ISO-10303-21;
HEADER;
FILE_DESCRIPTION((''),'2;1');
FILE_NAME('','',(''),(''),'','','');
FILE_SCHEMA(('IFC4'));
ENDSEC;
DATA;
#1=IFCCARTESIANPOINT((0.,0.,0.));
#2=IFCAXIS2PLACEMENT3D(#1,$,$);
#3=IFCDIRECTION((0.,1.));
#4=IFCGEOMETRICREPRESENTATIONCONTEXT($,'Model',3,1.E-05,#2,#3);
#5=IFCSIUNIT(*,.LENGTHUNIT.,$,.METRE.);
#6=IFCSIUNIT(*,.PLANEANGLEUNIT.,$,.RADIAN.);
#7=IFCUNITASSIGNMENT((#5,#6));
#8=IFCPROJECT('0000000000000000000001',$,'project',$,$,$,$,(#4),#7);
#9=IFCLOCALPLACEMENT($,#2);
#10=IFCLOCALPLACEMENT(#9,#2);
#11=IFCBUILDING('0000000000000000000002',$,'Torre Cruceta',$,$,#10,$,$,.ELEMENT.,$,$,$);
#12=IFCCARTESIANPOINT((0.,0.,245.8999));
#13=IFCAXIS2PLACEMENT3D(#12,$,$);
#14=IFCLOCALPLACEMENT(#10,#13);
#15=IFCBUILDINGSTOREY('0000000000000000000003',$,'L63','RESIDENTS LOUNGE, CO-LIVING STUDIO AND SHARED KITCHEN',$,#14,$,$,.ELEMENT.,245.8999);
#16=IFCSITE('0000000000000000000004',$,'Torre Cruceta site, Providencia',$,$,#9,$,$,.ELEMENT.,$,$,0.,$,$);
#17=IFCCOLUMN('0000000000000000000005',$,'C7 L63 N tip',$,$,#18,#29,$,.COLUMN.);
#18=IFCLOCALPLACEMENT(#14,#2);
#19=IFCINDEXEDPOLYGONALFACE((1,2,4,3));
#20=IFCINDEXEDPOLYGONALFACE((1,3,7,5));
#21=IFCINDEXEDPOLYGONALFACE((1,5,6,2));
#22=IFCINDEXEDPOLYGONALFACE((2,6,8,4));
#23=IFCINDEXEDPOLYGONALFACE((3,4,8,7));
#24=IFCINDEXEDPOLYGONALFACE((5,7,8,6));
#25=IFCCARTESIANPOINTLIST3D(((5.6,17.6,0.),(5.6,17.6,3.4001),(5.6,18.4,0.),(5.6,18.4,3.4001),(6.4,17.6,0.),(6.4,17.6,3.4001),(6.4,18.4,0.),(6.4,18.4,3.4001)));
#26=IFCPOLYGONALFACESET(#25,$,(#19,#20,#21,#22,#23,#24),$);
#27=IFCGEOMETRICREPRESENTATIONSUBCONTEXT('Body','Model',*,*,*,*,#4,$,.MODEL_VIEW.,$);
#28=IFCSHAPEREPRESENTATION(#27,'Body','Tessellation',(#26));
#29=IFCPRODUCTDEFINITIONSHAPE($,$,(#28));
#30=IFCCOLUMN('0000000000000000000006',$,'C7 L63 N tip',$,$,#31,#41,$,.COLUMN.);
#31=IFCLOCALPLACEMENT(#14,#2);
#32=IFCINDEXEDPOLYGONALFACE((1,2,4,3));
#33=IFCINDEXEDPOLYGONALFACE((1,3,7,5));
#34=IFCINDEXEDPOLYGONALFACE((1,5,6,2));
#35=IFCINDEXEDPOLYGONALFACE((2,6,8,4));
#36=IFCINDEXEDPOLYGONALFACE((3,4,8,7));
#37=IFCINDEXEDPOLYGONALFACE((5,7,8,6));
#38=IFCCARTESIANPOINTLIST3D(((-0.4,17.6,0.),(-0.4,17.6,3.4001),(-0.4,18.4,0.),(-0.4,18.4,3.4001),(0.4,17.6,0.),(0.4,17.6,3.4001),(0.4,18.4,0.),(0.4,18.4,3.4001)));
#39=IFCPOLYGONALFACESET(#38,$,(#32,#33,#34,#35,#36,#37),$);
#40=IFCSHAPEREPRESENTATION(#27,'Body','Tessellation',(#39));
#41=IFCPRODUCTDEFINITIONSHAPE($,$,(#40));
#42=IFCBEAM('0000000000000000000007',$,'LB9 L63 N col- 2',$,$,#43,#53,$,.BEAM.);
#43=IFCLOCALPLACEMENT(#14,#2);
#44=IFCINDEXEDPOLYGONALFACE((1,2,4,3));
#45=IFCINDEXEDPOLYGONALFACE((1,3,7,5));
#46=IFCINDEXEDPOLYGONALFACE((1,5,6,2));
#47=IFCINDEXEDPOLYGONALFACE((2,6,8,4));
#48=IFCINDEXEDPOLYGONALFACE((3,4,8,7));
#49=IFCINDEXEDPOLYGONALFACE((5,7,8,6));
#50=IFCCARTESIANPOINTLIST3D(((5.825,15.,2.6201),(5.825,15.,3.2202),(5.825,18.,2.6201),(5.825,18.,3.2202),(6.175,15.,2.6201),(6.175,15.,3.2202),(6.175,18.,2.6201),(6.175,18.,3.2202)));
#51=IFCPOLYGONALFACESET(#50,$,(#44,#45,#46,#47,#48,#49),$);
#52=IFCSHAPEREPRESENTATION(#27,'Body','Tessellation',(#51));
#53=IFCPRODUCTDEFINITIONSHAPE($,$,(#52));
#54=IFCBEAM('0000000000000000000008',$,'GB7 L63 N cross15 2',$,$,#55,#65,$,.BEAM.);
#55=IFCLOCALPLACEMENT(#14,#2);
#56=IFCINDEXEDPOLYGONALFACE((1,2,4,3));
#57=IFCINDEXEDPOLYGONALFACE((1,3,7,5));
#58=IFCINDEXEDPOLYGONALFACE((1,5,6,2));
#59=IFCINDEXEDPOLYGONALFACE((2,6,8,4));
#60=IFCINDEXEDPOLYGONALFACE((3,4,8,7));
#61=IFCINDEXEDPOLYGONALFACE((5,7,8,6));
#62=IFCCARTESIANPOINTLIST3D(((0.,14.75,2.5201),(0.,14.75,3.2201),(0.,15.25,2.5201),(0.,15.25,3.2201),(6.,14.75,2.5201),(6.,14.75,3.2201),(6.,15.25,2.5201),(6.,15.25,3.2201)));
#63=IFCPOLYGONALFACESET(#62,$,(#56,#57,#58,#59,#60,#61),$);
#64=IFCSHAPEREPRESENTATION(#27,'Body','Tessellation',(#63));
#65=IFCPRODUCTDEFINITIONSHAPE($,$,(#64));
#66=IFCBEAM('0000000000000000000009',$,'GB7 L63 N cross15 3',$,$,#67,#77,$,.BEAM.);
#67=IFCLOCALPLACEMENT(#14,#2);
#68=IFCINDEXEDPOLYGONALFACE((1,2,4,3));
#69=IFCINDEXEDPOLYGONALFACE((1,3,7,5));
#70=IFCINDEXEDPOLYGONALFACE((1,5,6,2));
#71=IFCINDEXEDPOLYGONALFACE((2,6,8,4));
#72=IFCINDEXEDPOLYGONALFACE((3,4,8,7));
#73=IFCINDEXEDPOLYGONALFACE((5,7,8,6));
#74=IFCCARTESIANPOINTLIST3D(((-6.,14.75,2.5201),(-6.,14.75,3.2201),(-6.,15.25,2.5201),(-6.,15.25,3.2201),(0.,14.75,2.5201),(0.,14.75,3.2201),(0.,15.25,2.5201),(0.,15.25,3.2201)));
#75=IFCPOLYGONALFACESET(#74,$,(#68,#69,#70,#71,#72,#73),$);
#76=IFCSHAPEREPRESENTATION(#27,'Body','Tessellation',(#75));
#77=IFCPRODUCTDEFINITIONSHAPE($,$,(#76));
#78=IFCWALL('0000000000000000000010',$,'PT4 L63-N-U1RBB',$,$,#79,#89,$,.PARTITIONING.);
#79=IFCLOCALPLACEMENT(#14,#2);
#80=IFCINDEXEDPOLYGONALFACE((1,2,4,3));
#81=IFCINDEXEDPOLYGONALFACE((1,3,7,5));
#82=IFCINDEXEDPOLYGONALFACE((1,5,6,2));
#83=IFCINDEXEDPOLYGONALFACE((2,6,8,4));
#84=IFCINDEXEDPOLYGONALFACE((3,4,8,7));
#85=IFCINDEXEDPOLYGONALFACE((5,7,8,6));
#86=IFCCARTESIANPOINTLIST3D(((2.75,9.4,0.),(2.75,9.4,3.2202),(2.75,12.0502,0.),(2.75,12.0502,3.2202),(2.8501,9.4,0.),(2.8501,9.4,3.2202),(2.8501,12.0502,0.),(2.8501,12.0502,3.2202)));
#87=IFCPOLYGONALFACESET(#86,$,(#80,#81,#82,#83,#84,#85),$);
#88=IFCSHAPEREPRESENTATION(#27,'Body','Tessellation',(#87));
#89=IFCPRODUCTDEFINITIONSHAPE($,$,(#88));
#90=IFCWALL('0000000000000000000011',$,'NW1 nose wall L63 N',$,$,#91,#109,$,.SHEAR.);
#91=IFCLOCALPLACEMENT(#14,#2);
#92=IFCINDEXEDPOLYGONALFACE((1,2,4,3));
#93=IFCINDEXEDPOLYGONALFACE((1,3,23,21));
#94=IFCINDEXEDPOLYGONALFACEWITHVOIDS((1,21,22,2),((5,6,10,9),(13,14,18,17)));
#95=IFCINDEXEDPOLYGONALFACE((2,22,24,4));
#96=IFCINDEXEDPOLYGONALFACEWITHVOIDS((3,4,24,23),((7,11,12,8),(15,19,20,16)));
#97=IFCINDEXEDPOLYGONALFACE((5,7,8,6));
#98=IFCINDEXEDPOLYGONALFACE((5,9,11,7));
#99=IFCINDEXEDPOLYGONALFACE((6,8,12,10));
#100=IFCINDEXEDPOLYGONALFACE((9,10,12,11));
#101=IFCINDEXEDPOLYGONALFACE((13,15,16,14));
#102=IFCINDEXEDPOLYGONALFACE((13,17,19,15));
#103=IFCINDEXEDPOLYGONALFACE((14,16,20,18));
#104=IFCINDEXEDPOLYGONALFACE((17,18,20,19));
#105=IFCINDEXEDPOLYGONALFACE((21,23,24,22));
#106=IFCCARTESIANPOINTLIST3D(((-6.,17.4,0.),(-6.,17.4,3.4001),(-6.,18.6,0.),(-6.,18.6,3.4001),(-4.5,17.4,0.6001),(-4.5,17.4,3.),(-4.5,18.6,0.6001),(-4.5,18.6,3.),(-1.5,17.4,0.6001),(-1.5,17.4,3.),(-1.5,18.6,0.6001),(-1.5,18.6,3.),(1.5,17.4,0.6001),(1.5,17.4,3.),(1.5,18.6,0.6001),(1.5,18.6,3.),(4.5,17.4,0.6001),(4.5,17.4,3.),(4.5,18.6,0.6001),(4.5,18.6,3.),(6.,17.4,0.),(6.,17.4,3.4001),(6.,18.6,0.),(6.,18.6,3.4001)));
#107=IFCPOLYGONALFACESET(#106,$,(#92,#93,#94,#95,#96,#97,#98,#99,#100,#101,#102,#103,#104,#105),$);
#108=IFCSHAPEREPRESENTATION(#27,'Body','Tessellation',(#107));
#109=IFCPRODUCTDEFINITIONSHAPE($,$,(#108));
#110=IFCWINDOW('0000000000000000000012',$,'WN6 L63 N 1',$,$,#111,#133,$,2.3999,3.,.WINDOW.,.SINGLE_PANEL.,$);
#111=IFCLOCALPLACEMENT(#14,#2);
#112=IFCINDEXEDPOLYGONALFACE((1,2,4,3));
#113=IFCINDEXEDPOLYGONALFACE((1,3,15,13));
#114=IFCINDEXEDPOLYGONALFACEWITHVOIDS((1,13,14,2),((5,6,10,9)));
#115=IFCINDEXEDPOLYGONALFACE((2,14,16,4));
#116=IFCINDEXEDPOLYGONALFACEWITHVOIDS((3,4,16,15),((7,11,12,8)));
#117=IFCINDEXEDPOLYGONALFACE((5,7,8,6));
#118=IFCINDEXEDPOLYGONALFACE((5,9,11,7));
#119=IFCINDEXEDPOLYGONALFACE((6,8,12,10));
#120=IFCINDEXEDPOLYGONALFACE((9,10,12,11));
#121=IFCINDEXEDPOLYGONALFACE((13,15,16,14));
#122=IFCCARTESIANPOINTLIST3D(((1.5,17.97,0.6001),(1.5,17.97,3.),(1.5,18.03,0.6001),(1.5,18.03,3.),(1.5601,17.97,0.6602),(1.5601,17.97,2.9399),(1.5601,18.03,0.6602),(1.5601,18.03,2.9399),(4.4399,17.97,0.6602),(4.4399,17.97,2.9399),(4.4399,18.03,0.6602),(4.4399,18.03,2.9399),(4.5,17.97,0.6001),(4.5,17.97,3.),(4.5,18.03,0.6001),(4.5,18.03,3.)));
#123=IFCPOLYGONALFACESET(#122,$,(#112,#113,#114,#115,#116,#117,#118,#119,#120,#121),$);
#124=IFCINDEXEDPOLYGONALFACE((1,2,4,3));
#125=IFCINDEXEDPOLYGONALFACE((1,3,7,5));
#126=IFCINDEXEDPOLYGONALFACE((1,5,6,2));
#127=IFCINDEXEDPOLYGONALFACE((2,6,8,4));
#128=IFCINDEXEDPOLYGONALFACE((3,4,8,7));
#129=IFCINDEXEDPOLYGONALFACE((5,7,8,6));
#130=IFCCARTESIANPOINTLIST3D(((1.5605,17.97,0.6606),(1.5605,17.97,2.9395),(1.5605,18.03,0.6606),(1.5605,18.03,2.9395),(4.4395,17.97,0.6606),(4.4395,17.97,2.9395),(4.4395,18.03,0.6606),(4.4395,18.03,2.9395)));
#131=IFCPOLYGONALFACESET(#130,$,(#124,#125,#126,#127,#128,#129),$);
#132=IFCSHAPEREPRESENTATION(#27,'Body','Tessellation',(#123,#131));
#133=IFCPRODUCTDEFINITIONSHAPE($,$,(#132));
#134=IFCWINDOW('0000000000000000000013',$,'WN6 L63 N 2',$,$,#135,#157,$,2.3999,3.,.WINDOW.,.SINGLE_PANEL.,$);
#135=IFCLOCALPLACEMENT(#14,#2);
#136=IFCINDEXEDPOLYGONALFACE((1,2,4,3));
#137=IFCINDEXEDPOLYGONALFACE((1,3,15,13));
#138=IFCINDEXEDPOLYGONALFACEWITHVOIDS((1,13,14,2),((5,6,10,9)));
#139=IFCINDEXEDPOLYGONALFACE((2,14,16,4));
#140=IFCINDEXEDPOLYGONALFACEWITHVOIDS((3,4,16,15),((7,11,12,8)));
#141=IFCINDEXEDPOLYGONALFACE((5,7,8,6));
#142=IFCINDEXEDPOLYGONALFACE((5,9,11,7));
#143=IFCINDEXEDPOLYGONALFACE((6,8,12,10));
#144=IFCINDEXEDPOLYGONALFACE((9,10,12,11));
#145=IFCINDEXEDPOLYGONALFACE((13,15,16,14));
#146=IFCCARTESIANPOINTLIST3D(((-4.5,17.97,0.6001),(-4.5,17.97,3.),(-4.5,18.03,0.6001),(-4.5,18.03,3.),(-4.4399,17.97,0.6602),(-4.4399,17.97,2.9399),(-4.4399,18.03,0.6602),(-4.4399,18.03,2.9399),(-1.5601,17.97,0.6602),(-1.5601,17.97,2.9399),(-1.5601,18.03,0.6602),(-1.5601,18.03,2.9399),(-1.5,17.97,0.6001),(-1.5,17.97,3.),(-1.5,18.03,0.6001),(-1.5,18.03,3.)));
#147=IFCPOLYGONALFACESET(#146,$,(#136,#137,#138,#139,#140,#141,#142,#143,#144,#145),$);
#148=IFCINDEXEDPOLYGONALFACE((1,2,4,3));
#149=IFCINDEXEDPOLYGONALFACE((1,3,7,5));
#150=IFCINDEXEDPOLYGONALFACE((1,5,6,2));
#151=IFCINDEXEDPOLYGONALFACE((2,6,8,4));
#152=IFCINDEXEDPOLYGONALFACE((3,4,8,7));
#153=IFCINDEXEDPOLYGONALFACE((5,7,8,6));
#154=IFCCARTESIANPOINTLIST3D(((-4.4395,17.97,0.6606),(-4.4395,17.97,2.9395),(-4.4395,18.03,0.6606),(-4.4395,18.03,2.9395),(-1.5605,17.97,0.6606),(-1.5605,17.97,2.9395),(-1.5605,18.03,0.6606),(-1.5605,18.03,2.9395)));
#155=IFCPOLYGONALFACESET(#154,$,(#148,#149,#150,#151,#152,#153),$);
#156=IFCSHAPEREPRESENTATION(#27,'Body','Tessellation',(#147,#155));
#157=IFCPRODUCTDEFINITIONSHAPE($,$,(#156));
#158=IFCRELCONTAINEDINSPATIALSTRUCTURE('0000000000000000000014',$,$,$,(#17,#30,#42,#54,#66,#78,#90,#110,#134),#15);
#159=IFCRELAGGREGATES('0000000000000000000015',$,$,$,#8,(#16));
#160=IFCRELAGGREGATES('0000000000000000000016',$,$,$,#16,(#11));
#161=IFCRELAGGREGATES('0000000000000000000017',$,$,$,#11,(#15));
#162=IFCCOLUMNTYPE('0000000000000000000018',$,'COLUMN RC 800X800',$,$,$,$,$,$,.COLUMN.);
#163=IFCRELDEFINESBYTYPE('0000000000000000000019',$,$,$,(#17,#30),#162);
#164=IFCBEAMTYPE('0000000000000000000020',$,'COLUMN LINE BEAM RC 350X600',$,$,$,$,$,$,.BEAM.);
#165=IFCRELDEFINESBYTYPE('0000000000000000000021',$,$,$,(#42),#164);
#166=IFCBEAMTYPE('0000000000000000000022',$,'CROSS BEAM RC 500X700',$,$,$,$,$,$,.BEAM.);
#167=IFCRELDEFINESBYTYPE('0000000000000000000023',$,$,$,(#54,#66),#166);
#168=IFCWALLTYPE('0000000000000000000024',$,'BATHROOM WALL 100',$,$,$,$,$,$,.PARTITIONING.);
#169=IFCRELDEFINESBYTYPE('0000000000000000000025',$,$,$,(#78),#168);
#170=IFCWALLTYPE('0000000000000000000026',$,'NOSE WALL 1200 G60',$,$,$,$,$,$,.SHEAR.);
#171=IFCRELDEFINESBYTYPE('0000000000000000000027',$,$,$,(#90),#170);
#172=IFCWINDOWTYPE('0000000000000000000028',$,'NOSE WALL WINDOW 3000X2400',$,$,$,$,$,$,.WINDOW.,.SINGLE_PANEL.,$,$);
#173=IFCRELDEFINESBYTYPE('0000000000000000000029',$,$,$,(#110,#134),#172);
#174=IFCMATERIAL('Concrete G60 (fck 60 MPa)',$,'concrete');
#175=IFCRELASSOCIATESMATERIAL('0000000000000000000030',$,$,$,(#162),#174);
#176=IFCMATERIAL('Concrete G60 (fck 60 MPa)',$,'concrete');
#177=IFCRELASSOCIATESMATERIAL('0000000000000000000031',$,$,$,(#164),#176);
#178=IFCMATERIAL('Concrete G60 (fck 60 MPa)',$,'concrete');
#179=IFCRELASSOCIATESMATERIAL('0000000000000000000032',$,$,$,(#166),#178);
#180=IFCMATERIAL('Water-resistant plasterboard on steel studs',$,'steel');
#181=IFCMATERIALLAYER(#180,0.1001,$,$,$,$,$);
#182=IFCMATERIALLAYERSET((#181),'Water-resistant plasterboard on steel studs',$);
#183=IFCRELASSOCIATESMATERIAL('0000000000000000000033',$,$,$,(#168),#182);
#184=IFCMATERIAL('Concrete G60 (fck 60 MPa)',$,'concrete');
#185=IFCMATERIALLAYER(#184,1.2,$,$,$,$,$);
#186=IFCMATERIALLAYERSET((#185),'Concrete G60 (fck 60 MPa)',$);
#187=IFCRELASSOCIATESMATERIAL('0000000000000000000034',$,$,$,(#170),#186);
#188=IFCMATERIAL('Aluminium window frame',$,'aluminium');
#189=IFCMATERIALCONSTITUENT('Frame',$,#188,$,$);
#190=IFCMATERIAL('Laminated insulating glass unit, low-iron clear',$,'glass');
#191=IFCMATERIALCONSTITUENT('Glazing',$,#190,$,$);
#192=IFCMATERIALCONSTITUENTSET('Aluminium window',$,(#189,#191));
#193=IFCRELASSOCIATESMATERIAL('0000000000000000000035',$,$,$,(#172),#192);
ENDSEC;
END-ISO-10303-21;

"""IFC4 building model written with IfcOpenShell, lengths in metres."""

from ifc_helpers import new_model, si_unit, direction, frame, frame_2d, origin, origin_2d, place, context, subcontext, project, spatial, rectangle, hollow_rectangle, extrude, material, layer, layer_set, constituent, constituent_set, material_profile, profile_set, type_object, element, fill, save


model = new_model("IFC4")

# Units and contexts
model_context = context("Model", 3, precision=1e-05, world=origin(), true_north=direction((0.0, 1.0)))
body_context = subcontext(model_context, "Body", "Model", "MODEL_VIEW")
ifc_project = project(units=[si_unit("LENGTHUNIT", "METRE"), si_unit("PLANEANGLEUNIT", "RADIAN")], contexts=[model_context])

# Site, building, storey
site_placement = place(None, origin())
site = spatial("IfcSite", under=ifc_project, at=site_placement, Name="Torre Cruceta site, Providencia", CompositionType="ELEMENT", RefElevation=0.0)
building_placement = place(site_placement, origin())
building = spatial("IfcBuilding", under=site, at=building_placement, Name="Torre Cruceta", CompositionType="ELEMENT")
storey_placement = place(building_placement, frame((0.0, 0.0, 245.8999)))
storey = spatial("IfcBuildingStorey", under=building, at=storey_placement, Name="L63", Description="RESIDENTS LOUNGE, CO-LIVING STUDIO AND SHARED KITCHEN", CompositionType="ELEMENT", Elevation=245.8999)

# Columns
ifc_material_1 = material(Name="Concrete G60 (fck 60 MPa)", Category="concrete")
ifc_material_profile_1 = material_profile(ifc_material_1, rectangle(XDim=0.8, YDim=0.8, at=origin_2d()), Name="RC 800X800")
ifc_profile_set_1 = profile_set([ifc_material_profile_1], Name="Concrete G60 (fck 60 MPa)")
column_type = type_object("IfcColumnType", Name="COLUMN RC 800X800", PredefinedType="COLUMN", material=ifc_profile_set_1)
for number, where, z_axis, x_axis, name in (
    (1, (6.0, 18.0, 0.0), (0.0, 0.0, 1.0), (1.0, 0.0, 0.0), "C7 L63 N tip"),
    (2, (0.0, 18.0, 0.0), (0.0, 0.0, 1.0), (1.0, 0.0, 0.0), "C7 L63 N tip"),
):
    element("IfcColumn", number, at=place(storey_placement, frame(where, z_axis=z_axis, x_axis=x_axis)), inside=storey, type_object=column_type, Name=name, PredefinedType="COLUMN", context=body_context, shape_type="SweptSolid", body=[
        extrude(rectangle(XDim=0.8, YDim=0.8, at=origin_2d()), origin(), (0.0, 0.0, 1.0), 3.4001),
    ])

# Beams
ifc_material_2 = material(Name="Concrete G60 (fck 60 MPa)", Category="concrete")
ifc_material_profile_2 = material_profile(ifc_material_2, rectangle(XDim=0.3501, YDim=0.6001, at=origin_2d()), Name="RC 350X600")
ifc_profile_set_2 = profile_set([ifc_material_profile_2], Name="Concrete G60 (fck 60 MPa)")
beam_type_1 = type_object("IfcBeamType", Name="COLUMN LINE BEAM RC 350X600", PredefinedType="BEAM", material=ifc_profile_set_2)
beam_placement = place(storey_placement, frame((6.0, 15.0, 2.9202), z_axis=(0.0, 1.0, 0.0), x_axis=(-1.0, 0.0, 0.0)))
element("IfcBeam", 3, at=beam_placement, inside=storey, type_object=beam_type_1, Name="LB9 L63 N col- 2", PredefinedType="BEAM", context=body_context, shape_type="SweptSolid", body=[
    extrude(rectangle(XDim=0.3501, YDim=0.6001, at=origin_2d()), origin(), (0.0, 0.0, 1.0), 3.0),
])
ifc_material_3 = material(Name="Concrete G60 (fck 60 MPa)", Category="concrete")
ifc_material_profile_3 = material_profile(ifc_material_3, rectangle(XDim=0.5, YDim=0.7, at=origin_2d()), Name="RC 500X700")
ifc_profile_set_3 = profile_set([ifc_material_profile_3], Name="Concrete G60 (fck 60 MPa)")
beam_type_2 = type_object("IfcBeamType", Name="CROSS BEAM RC 500X700", PredefinedType="BEAM", material=ifc_profile_set_3)
for number, where, z_axis, x_axis, name in (
    (4, (6.0, 15.0, 2.8701), (-1.0, 0.0, 0.0), (0.0, -1.0, 0.0), "GB7 L63 N cross15 2"),
    (5, (0.0, 15.0, 2.8701), (-1.0, 0.0, 0.0), (0.0, -1.0, 0.0), "GB7 L63 N cross15 3"),
):
    element("IfcBeam", number, at=place(storey_placement, frame(where, z_axis=z_axis, x_axis=x_axis)), inside=storey, type_object=beam_type_2, Name=name, PredefinedType="BEAM", context=body_context, shape_type="SweptSolid", body=[
        extrude(rectangle(XDim=0.5, YDim=0.7, at=origin_2d()), origin(), (0.0, 0.0, 1.0), 6.0),
    ])

# Wall
ifc_material_4 = material(Name="Water-resistant plasterboard on steel studs", Category="steel")
ifc_layer_1 = layer(ifc_material_4, 0.1001)
ifc_layer_set_1 = layer_set([ifc_layer_1], Name="Water-resistant plasterboard on steel studs")
wall_type_1 = type_object("IfcWallType", Name="BATHROOM WALL 100", PredefinedType="PARTITIONING", material=ifc_layer_set_1)
wall_1_placement = place(storey_placement, frame((2.8, 9.3999, 0.0), z_axis=(0.0, 0.0, 1.0), x_axis=(0.0, 1.0, 0.0)))
element("IfcWall", 6, at=wall_1_placement, inside=storey, type_object=wall_type_1, Name="PT4 L63-N-U1RBB", PredefinedType="PARTITIONING", context=body_context, shape_type="SweptSolid", body=[
    extrude(rectangle(XDim=2.6501, YDim=0.1001, at=frame_2d((1.3252, 0.0))), origin(), (0.0, 0.0, 1.0), 3.2202),
])

# Wall, openings, windows
ifc_material_5 = material(Name="Concrete G60 (fck 60 MPa)", Category="concrete")
ifc_layer_2 = layer(ifc_material_5, 1.2)
ifc_layer_set_2 = layer_set([ifc_layer_2], Name="Concrete G60 (fck 60 MPa)")
wall_type_2 = type_object("IfcWallType", Name="NOSE WALL 1200 G60", PredefinedType="SHEAR", material=ifc_layer_set_2)
wall_2_placement = place(storey_placement, frame((6.0, 18.0, 0.0), z_axis=(0.0, 0.0, 1.0), x_axis=(-1.0, 0.0, 0.0)))
wall_2 = element("IfcWall", 7, at=wall_2_placement, inside=storey, type_object=wall_type_2, Name="NW1 nose wall L63 N", PredefinedType="SHEAR", context=body_context, shape_type="SweptSolid", body=[
    extrude(rectangle(XDim=12.0, YDim=1.2, at=frame_2d((6.0, 0.0))), origin(), (0.0, 0.0, 1.0), 3.4001),
])
opening_1_placement = place(wall_2_placement, frame((1.5, 0.0, 0.6001)))
opening_1 = element("IfcOpeningElement", 8, at=opening_1_placement, cuts=wall_2, PredefinedType="OPENING", context=body_context, shape_type="SweptSolid", body=[
    extrude(rectangle(XDim=3.0, YDim=2.3999, at=frame_2d((1.5, 1.2))), frame((0.0, 0.6099, 0.0), z_axis=(0.0, -1.0, 0.0), x_axis=(1.0, 0.0, 0.0)), (0.0, 0.0, 1.0), 1.22),
])
opening_2_placement = place(wall_2_placement, frame((7.5, 0.0, 0.6001)))
opening_2 = element("IfcOpeningElement", 9, at=opening_2_placement, cuts=wall_2, PredefinedType="OPENING", context=body_context, shape_type="SweptSolid", body=[
    extrude(rectangle(XDim=3.0, YDim=2.3999, at=frame_2d((1.5, 1.2))), frame((0.0, 0.6099, 0.0), z_axis=(0.0, -1.0, 0.0), x_axis=(1.0, 0.0, 0.0)), (0.0, 0.0, 1.0), 1.22),
])
ifc_material_6 = material(Name="Aluminium window frame", Category="aluminium")
ifc_constituent_1 = constituent(ifc_material_6, Name="Frame")
ifc_material_7 = material(Name="Laminated insulating glass unit, low-iron clear", Category="glass")
ifc_constituent_2 = constituent(ifc_material_7, Name="Glazing")
ifc_constituent_set_1 = constituent_set(constituents=[ifc_constituent_1, ifc_constituent_2], Name="Aluminium window")
window_type = type_object("IfcWindowType", Name="NOSE WALL WINDOW 3000X2400", PartitioningType="SINGLE_PANEL", PredefinedType="WINDOW", material=ifc_constituent_set_1)
window_1_placement = place(opening_1_placement, origin())
window_1 = element("IfcWindow", 10, at=window_1_placement, inside=storey, type_object=window_type, Name="WN6 L63 N 1", OverallHeight=2.3999, OverallWidth=3.0, PartitioningType="SINGLE_PANEL", PredefinedType="WINDOW", context=body_context, shape_type="SweptSolid", body=[
    extrude(hollow_rectangle(XDim=3.0, YDim=2.3999, WallThickness=0.0601, at=frame_2d((1.5, 1.2))), frame((0.0, 0.03, 0.0), z_axis=(0.0, -1.0, 0.0), x_axis=(1.0, 0.0, 0.0)), (0.0, 0.0, 1.0), 0.0601),
    extrude(rectangle(XDim=2.8789, YDim=2.2788, at=frame_2d((1.5, 1.2))), frame((0.0, 0.03, 0.0), z_axis=(0.0, -1.0, 0.0), x_axis=(1.0, 0.0, 0.0)), (0.0, 0.0, 1.0), 0.0601),
])
fill(opening_1, window_1)
window_2_placement = place(opening_2_placement, origin())
window_2 = element("IfcWindow", 11, at=window_2_placement, inside=storey, type_object=window_type, Name="WN6 L63 N 2", OverallHeight=2.3999, OverallWidth=3.0, PartitioningType="SINGLE_PANEL", PredefinedType="WINDOW", context=body_context, shape_type="SweptSolid", body=[
    extrude(hollow_rectangle(XDim=3.0, YDim=2.3999, WallThickness=0.0601, at=frame_2d((1.5, 1.2))), frame((0.0, 0.03, 0.0), z_axis=(0.0, -1.0, 0.0), x_axis=(1.0, 0.0, 0.0)), (0.0, 0.0, 1.0), 0.0601),
    extrude(rectangle(XDim=2.8789, YDim=2.2788, at=frame_2d((1.5, 1.2))), frame((0.0, 0.03, 0.0), z_axis=(0.0, -1.0, 0.0), x_axis=(1.0, 0.0, 0.0)), (0.0, 0.0, 1.0), 0.0601),
])
fill(opening_2, window_2)

save(model, "model.ifc")
